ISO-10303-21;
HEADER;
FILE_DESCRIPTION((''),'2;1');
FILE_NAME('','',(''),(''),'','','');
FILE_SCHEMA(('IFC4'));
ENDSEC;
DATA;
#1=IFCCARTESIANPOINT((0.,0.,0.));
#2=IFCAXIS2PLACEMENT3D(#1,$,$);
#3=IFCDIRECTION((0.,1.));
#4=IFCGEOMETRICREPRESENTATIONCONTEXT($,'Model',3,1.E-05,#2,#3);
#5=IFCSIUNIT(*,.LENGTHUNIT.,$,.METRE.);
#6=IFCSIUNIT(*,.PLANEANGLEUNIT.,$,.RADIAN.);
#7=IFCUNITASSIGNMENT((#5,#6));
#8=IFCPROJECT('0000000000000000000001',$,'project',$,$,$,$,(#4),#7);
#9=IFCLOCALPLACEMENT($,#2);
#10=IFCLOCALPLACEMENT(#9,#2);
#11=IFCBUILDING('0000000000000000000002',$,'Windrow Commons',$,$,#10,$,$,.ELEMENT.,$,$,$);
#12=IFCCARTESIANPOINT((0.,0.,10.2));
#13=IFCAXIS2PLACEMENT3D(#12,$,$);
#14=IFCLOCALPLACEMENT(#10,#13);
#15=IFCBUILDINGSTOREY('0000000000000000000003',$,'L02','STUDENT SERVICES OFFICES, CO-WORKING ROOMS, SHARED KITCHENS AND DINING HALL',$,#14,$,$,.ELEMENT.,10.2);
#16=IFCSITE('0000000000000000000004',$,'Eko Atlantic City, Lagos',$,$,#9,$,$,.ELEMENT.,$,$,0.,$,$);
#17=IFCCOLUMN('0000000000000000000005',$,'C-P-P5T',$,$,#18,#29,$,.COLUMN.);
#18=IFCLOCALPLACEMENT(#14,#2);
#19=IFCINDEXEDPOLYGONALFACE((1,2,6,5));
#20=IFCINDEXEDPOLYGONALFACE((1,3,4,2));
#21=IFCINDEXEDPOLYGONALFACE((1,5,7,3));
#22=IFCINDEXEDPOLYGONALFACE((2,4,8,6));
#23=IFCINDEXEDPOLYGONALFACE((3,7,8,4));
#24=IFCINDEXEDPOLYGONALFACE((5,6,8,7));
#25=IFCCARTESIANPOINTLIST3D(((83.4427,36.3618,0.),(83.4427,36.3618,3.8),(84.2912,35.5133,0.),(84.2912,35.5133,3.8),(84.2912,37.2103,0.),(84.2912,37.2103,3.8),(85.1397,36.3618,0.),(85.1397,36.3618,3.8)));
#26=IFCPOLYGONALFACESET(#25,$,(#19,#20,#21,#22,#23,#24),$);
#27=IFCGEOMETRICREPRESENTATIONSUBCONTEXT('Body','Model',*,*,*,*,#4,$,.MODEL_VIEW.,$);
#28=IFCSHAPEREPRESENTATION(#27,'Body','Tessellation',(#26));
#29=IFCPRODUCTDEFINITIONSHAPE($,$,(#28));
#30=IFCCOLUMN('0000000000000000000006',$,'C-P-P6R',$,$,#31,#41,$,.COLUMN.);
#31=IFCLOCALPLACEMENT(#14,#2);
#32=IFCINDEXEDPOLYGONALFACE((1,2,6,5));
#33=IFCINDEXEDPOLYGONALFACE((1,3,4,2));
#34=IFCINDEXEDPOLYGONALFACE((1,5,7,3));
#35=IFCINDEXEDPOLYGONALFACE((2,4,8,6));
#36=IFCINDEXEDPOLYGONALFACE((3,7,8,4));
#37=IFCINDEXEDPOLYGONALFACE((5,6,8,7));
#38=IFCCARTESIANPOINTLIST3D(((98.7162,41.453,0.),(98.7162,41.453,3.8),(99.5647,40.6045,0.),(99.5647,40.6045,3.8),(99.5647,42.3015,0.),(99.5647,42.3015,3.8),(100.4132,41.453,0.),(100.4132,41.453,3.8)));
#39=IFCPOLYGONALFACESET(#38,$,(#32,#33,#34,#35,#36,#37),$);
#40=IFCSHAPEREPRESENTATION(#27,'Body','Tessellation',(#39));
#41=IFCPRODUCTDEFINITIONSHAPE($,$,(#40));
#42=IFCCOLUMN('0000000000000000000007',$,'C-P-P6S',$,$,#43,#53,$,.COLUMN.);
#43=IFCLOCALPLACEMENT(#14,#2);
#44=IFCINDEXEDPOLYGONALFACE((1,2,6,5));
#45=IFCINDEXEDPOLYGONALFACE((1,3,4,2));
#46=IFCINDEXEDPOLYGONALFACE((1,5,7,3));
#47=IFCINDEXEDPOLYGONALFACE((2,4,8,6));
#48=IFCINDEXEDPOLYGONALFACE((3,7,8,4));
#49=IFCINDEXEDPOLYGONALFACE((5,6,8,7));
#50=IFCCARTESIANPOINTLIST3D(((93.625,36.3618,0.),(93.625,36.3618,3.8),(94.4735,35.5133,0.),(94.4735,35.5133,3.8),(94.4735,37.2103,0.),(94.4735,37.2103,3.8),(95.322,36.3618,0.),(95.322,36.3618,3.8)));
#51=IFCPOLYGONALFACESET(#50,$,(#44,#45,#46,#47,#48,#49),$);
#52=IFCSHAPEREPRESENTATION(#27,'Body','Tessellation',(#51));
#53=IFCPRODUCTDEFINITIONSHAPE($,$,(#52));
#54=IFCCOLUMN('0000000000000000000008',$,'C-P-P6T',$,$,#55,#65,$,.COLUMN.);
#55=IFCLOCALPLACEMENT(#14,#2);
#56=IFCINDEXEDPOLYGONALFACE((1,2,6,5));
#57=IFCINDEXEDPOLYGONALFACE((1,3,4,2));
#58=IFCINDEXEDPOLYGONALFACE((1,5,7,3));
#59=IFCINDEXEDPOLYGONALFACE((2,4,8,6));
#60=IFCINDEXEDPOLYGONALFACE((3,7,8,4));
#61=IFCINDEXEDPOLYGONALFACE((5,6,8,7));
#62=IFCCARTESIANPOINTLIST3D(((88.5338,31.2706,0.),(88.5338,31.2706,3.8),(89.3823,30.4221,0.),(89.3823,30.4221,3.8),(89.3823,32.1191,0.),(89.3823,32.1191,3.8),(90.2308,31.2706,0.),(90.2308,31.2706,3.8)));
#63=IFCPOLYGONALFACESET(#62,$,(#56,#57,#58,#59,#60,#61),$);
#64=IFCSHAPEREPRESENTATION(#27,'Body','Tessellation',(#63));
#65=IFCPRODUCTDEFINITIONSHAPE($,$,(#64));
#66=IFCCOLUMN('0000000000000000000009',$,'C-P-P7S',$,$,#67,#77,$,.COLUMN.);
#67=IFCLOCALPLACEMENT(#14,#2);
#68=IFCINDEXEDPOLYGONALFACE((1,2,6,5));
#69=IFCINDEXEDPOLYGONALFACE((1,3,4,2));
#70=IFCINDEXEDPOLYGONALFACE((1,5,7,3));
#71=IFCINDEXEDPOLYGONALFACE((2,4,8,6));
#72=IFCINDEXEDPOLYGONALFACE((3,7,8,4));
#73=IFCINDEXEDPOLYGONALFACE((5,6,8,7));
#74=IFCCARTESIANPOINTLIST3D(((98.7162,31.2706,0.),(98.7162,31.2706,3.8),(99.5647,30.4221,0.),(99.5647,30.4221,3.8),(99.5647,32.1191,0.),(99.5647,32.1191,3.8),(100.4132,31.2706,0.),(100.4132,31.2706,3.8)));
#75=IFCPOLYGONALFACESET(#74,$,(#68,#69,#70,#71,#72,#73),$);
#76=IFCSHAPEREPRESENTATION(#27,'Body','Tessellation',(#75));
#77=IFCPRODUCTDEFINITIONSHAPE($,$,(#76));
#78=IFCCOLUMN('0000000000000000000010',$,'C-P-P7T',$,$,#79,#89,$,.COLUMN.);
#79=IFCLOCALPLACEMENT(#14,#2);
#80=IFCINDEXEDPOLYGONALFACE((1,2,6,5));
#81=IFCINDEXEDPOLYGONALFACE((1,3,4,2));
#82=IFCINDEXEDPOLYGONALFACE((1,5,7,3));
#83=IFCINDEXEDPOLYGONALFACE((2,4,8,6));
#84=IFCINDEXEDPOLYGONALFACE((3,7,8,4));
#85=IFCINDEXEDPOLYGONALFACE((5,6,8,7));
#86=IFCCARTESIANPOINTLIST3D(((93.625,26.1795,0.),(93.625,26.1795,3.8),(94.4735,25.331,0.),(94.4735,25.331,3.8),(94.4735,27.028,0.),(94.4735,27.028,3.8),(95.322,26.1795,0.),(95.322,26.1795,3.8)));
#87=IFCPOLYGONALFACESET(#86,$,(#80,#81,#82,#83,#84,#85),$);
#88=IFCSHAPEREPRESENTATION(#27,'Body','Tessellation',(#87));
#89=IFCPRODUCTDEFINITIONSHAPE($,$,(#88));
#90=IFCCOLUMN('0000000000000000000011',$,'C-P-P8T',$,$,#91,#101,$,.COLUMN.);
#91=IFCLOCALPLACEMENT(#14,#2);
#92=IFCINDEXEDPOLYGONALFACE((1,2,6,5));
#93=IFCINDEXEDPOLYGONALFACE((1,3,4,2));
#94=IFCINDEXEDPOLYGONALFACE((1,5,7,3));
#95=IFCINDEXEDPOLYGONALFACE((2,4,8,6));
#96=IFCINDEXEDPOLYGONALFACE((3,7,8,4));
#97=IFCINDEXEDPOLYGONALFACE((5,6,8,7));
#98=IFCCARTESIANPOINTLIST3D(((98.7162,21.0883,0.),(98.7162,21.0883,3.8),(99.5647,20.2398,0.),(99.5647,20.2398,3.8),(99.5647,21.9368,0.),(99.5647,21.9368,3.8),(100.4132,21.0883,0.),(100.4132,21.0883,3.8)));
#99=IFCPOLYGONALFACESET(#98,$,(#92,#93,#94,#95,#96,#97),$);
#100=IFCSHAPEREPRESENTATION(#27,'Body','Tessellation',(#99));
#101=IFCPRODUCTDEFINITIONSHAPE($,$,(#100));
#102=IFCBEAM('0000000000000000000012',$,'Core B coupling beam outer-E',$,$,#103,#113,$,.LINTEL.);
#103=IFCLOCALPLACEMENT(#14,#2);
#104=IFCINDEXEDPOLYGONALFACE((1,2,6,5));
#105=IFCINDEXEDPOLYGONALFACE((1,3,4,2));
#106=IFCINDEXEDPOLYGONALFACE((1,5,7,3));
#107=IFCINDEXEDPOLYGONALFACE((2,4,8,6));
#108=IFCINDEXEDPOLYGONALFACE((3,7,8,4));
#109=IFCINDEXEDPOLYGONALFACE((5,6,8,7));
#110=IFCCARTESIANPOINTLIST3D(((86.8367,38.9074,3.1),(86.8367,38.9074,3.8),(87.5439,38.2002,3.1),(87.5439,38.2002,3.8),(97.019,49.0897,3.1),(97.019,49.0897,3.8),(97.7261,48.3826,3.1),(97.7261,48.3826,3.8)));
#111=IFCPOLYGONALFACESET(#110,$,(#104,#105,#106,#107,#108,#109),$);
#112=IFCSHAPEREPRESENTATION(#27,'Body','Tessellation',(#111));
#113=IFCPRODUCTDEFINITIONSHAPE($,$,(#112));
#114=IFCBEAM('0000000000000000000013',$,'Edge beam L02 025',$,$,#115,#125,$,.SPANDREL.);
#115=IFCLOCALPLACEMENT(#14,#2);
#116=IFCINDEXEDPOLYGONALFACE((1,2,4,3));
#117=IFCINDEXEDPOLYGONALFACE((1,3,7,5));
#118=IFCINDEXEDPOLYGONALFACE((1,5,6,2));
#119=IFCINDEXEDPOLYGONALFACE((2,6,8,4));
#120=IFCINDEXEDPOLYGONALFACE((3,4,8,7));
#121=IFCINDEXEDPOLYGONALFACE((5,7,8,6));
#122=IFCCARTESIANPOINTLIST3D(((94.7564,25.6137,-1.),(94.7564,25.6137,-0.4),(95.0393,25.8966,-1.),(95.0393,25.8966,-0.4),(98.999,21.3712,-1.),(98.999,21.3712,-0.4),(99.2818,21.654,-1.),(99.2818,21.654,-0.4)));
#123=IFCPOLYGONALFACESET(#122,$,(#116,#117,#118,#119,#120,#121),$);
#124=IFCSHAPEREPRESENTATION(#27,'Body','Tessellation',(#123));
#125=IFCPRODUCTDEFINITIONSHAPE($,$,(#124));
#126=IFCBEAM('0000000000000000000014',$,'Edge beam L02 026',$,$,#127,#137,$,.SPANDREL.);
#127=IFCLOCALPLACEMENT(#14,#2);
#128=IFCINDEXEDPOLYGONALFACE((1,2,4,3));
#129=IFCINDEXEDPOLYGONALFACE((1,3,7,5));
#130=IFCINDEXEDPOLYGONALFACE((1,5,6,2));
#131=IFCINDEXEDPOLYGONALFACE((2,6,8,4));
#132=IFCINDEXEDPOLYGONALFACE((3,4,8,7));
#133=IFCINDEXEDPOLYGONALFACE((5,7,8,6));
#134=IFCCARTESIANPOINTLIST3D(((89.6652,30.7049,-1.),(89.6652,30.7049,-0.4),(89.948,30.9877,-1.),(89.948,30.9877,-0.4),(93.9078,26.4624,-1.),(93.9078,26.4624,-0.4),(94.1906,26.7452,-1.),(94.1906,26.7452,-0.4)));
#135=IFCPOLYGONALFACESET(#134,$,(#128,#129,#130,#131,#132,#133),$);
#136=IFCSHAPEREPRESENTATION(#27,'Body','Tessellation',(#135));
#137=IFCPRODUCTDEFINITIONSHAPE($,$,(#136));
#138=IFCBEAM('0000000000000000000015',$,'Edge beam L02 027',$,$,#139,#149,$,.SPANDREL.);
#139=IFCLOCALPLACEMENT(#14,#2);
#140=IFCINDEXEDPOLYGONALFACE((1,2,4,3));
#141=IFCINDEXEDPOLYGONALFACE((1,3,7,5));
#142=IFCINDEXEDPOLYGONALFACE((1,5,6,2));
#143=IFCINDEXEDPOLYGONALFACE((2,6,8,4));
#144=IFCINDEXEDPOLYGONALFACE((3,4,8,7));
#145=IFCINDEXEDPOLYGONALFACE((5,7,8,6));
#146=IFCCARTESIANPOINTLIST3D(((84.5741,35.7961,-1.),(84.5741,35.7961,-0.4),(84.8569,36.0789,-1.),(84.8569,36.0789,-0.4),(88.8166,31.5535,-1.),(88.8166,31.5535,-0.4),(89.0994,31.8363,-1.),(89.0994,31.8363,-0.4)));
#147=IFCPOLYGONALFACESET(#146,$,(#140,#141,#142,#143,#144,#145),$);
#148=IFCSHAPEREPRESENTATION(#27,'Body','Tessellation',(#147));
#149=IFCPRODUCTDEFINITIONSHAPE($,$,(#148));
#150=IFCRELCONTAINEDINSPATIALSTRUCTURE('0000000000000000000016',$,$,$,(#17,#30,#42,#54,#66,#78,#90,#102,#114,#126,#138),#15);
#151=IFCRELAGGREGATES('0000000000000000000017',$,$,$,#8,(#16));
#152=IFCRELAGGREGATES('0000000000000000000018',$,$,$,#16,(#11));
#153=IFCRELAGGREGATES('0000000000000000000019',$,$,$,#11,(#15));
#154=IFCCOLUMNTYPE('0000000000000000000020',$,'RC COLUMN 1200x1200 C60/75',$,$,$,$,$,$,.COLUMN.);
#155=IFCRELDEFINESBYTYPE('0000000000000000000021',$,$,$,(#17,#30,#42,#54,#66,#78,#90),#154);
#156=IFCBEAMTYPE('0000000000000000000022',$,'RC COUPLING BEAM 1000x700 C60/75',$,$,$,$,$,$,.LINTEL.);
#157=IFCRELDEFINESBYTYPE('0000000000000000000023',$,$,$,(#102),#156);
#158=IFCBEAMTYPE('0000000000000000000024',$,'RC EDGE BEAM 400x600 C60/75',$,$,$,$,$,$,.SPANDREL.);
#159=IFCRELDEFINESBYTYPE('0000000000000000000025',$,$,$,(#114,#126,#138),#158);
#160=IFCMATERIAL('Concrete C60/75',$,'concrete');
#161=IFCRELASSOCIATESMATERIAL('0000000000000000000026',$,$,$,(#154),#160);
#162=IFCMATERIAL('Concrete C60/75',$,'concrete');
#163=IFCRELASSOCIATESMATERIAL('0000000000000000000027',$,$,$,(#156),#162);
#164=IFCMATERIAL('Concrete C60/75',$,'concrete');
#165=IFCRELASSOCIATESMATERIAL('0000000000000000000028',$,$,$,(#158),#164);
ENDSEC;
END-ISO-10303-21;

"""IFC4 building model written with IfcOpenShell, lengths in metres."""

from ifc_helpers import new_model, si_unit, direction, frame, origin, origin_2d, place, context, subcontext, project, spatial, rectangle, extrude, material, material_profile, profile_set, type_object, element, save


model = new_model("IFC4")

# Units and contexts
model_context = context("Model", 3, precision=1e-05, world=origin(), true_north=direction((0.0, 1.0)))
body_context = subcontext(model_context, "Body", "Model", "MODEL_VIEW")
ifc_project = project(units=[si_unit("LENGTHUNIT", "METRE"), si_unit("PLANEANGLEUNIT", "RADIAN")], contexts=[model_context])

# Site, building, storey
site_placement = place(None, origin())
site = spatial("IfcSite", under=ifc_project, at=site_placement, Name="Eko Atlantic City, Lagos", CompositionType="ELEMENT", RefElevation=0.0)
building_placement = place(site_placement, origin())
building = spatial("IfcBuilding", under=site, at=building_placement, Name="Windrow Commons", CompositionType="ELEMENT")
storey_placement = place(building_placement, frame((0.0, 0.0, 10.2)))
storey = spatial("IfcBuildingStorey", under=building, at=storey_placement, Name="L02", Description="STUDENT SERVICES OFFICES, CO-WORKING ROOMS, SHARED KITCHENS AND DINING HALL", CompositionType="ELEMENT", Elevation=10.2)

# Columns
ifc_material_1 = material(Name="Concrete C60/75", Category="concrete")
ifc_material_profile_1 = material_profile(ifc_material_1, rectangle(XDim=1.2, YDim=1.2, at=origin_2d()))
ifc_profile_set_1 = profile_set([ifc_material_profile_1], Name="Concrete C60/75")
column_type = type_object("IfcColumnType", Name="RC COLUMN 1200x1200 C60/75", PredefinedType="COLUMN", material=ifc_profile_set_1)
for number, where, z_axis, x_axis, name in (
    (1, (84.2912, 36.3618, 0.0), (0.0, 0.0, 1.0), (0.707107, -0.707107, 0.0), "C-P-P5T"),
    (2, (99.5647, 41.453, 0.0), (0.0, 0.0, 1.0), (0.707107, -0.707107, 0.0), "C-P-P6R"),
    (3, (94.4735, 36.3618, 0.0), (0.0, 0.0, 1.0), (0.707107, -0.707107, 0.0), "C-P-P6S"),
    (4, (89.3823, 31.2706, 0.0), (0.0, 0.0, 1.0), (0.707107, -0.707107, 0.0), "C-P-P6T"),
    (5, (99.5647, 31.2706, 0.0), (0.0, 0.0, 1.0), (0.707107, -0.707107, 0.0), "C-P-P7S"),
    (6, (94.4735, 26.1795, 0.0), (0.0, 0.0, 1.0), (0.707107, -0.707107, 0.0), "C-P-P7T"),
    (7, (99.5647, 21.0883, 0.0), (0.0, 0.0, 1.0), (0.707107, -0.707107, 0.0), "C-P-P8T"),
):
    element("IfcColumn", number, at=place(storey_placement, frame(where, z_axis=z_axis, x_axis=x_axis)), inside=storey, type_object=column_type, Name=name, PredefinedType="COLUMN", context=body_context, shape_type="SweptSolid", body=[
        extrude(rectangle(XDim=1.2, YDim=1.2, at=origin_2d()), origin(), (0.0, 0.0, 1.0), 3.8),
    ])

# Beams
ifc_material_2 = material(Name="Concrete C60/75", Category="concrete")
ifc_material_profile_2 = material_profile(ifc_material_2, rectangle(XDim=1.0, YDim=0.7, at=origin_2d()))
ifc_profile_set_2 = profile_set([ifc_material_profile_2], Name="Concrete C60/75")
beam_type_1 = type_object("IfcBeamType", Name="RC COUPLING BEAM 1000x700 C60/75", PredefinedType="LINTEL", material=ifc_profile_set_2)
beam_placement = place(storey_placement, frame((87.1903, 38.5538, 3.45), z_axis=(0.707103, 0.70711, 0.0), x_axis=(-0.70711, 0.707103, 0.0)))
element("IfcBeam", 8, at=beam_placement, inside=storey, type_object=beam_type_1, Name="Core B coupling beam outer-E", PredefinedType="LINTEL", context=body_context, shape_type="SweptSolid", body=[
    extrude(rectangle(XDim=1.0, YDim=0.7, at=origin_2d()), origin(), (0.0, 0.0, 1.0), 14.4),
])
ifc_material_3 = material(Name="Concrete C60/75", Category="concrete")
ifc_material_profile_3 = material_profile(ifc_material_3, rectangle(XDim=0.4, YDim=0.6, at=origin_2d()))
ifc_profile_set_3 = profile_set([ifc_material_profile_3], Name="Concrete C60/75")
beam_type_2 = type_object("IfcBeamType", Name="RC EDGE BEAM 400x600 C60/75", PredefinedType="SPANDREL", material=ifc_profile_set_3)
for number, where, z_axis, x_axis, name in (
    (9, (99.1404, 21.5126, -0.7), (-0.707107, 0.707107, 0.0), (-0.707107, -0.707107, 0.0), "Edge beam L02 025"),
    (10, (94.0492, 26.6038, -0.7), (-0.707115, 0.707098, 0.0), (-0.707098, -0.707115, 0.0), "Edge beam L02 026"),
    (11, (88.958, 31.6949, -0.7), (-0.707098, 0.707115, 0.0), (-0.707115, -0.707098, 0.0), "Edge beam L02 027"),
):
    element("IfcBeam", number, at=place(storey_placement, frame(where, z_axis=z_axis, x_axis=x_axis)), inside=storey, type_object=beam_type_2, Name=name, PredefinedType="SPANDREL", context=body_context, shape_type="SweptSolid", body=[
        extrude(rectangle(XDim=0.4, YDim=0.6, at=origin_2d()), origin(), (0.0, 0.0, 1.0), 5.9999),
    ])

save(model, "model.ifc")
